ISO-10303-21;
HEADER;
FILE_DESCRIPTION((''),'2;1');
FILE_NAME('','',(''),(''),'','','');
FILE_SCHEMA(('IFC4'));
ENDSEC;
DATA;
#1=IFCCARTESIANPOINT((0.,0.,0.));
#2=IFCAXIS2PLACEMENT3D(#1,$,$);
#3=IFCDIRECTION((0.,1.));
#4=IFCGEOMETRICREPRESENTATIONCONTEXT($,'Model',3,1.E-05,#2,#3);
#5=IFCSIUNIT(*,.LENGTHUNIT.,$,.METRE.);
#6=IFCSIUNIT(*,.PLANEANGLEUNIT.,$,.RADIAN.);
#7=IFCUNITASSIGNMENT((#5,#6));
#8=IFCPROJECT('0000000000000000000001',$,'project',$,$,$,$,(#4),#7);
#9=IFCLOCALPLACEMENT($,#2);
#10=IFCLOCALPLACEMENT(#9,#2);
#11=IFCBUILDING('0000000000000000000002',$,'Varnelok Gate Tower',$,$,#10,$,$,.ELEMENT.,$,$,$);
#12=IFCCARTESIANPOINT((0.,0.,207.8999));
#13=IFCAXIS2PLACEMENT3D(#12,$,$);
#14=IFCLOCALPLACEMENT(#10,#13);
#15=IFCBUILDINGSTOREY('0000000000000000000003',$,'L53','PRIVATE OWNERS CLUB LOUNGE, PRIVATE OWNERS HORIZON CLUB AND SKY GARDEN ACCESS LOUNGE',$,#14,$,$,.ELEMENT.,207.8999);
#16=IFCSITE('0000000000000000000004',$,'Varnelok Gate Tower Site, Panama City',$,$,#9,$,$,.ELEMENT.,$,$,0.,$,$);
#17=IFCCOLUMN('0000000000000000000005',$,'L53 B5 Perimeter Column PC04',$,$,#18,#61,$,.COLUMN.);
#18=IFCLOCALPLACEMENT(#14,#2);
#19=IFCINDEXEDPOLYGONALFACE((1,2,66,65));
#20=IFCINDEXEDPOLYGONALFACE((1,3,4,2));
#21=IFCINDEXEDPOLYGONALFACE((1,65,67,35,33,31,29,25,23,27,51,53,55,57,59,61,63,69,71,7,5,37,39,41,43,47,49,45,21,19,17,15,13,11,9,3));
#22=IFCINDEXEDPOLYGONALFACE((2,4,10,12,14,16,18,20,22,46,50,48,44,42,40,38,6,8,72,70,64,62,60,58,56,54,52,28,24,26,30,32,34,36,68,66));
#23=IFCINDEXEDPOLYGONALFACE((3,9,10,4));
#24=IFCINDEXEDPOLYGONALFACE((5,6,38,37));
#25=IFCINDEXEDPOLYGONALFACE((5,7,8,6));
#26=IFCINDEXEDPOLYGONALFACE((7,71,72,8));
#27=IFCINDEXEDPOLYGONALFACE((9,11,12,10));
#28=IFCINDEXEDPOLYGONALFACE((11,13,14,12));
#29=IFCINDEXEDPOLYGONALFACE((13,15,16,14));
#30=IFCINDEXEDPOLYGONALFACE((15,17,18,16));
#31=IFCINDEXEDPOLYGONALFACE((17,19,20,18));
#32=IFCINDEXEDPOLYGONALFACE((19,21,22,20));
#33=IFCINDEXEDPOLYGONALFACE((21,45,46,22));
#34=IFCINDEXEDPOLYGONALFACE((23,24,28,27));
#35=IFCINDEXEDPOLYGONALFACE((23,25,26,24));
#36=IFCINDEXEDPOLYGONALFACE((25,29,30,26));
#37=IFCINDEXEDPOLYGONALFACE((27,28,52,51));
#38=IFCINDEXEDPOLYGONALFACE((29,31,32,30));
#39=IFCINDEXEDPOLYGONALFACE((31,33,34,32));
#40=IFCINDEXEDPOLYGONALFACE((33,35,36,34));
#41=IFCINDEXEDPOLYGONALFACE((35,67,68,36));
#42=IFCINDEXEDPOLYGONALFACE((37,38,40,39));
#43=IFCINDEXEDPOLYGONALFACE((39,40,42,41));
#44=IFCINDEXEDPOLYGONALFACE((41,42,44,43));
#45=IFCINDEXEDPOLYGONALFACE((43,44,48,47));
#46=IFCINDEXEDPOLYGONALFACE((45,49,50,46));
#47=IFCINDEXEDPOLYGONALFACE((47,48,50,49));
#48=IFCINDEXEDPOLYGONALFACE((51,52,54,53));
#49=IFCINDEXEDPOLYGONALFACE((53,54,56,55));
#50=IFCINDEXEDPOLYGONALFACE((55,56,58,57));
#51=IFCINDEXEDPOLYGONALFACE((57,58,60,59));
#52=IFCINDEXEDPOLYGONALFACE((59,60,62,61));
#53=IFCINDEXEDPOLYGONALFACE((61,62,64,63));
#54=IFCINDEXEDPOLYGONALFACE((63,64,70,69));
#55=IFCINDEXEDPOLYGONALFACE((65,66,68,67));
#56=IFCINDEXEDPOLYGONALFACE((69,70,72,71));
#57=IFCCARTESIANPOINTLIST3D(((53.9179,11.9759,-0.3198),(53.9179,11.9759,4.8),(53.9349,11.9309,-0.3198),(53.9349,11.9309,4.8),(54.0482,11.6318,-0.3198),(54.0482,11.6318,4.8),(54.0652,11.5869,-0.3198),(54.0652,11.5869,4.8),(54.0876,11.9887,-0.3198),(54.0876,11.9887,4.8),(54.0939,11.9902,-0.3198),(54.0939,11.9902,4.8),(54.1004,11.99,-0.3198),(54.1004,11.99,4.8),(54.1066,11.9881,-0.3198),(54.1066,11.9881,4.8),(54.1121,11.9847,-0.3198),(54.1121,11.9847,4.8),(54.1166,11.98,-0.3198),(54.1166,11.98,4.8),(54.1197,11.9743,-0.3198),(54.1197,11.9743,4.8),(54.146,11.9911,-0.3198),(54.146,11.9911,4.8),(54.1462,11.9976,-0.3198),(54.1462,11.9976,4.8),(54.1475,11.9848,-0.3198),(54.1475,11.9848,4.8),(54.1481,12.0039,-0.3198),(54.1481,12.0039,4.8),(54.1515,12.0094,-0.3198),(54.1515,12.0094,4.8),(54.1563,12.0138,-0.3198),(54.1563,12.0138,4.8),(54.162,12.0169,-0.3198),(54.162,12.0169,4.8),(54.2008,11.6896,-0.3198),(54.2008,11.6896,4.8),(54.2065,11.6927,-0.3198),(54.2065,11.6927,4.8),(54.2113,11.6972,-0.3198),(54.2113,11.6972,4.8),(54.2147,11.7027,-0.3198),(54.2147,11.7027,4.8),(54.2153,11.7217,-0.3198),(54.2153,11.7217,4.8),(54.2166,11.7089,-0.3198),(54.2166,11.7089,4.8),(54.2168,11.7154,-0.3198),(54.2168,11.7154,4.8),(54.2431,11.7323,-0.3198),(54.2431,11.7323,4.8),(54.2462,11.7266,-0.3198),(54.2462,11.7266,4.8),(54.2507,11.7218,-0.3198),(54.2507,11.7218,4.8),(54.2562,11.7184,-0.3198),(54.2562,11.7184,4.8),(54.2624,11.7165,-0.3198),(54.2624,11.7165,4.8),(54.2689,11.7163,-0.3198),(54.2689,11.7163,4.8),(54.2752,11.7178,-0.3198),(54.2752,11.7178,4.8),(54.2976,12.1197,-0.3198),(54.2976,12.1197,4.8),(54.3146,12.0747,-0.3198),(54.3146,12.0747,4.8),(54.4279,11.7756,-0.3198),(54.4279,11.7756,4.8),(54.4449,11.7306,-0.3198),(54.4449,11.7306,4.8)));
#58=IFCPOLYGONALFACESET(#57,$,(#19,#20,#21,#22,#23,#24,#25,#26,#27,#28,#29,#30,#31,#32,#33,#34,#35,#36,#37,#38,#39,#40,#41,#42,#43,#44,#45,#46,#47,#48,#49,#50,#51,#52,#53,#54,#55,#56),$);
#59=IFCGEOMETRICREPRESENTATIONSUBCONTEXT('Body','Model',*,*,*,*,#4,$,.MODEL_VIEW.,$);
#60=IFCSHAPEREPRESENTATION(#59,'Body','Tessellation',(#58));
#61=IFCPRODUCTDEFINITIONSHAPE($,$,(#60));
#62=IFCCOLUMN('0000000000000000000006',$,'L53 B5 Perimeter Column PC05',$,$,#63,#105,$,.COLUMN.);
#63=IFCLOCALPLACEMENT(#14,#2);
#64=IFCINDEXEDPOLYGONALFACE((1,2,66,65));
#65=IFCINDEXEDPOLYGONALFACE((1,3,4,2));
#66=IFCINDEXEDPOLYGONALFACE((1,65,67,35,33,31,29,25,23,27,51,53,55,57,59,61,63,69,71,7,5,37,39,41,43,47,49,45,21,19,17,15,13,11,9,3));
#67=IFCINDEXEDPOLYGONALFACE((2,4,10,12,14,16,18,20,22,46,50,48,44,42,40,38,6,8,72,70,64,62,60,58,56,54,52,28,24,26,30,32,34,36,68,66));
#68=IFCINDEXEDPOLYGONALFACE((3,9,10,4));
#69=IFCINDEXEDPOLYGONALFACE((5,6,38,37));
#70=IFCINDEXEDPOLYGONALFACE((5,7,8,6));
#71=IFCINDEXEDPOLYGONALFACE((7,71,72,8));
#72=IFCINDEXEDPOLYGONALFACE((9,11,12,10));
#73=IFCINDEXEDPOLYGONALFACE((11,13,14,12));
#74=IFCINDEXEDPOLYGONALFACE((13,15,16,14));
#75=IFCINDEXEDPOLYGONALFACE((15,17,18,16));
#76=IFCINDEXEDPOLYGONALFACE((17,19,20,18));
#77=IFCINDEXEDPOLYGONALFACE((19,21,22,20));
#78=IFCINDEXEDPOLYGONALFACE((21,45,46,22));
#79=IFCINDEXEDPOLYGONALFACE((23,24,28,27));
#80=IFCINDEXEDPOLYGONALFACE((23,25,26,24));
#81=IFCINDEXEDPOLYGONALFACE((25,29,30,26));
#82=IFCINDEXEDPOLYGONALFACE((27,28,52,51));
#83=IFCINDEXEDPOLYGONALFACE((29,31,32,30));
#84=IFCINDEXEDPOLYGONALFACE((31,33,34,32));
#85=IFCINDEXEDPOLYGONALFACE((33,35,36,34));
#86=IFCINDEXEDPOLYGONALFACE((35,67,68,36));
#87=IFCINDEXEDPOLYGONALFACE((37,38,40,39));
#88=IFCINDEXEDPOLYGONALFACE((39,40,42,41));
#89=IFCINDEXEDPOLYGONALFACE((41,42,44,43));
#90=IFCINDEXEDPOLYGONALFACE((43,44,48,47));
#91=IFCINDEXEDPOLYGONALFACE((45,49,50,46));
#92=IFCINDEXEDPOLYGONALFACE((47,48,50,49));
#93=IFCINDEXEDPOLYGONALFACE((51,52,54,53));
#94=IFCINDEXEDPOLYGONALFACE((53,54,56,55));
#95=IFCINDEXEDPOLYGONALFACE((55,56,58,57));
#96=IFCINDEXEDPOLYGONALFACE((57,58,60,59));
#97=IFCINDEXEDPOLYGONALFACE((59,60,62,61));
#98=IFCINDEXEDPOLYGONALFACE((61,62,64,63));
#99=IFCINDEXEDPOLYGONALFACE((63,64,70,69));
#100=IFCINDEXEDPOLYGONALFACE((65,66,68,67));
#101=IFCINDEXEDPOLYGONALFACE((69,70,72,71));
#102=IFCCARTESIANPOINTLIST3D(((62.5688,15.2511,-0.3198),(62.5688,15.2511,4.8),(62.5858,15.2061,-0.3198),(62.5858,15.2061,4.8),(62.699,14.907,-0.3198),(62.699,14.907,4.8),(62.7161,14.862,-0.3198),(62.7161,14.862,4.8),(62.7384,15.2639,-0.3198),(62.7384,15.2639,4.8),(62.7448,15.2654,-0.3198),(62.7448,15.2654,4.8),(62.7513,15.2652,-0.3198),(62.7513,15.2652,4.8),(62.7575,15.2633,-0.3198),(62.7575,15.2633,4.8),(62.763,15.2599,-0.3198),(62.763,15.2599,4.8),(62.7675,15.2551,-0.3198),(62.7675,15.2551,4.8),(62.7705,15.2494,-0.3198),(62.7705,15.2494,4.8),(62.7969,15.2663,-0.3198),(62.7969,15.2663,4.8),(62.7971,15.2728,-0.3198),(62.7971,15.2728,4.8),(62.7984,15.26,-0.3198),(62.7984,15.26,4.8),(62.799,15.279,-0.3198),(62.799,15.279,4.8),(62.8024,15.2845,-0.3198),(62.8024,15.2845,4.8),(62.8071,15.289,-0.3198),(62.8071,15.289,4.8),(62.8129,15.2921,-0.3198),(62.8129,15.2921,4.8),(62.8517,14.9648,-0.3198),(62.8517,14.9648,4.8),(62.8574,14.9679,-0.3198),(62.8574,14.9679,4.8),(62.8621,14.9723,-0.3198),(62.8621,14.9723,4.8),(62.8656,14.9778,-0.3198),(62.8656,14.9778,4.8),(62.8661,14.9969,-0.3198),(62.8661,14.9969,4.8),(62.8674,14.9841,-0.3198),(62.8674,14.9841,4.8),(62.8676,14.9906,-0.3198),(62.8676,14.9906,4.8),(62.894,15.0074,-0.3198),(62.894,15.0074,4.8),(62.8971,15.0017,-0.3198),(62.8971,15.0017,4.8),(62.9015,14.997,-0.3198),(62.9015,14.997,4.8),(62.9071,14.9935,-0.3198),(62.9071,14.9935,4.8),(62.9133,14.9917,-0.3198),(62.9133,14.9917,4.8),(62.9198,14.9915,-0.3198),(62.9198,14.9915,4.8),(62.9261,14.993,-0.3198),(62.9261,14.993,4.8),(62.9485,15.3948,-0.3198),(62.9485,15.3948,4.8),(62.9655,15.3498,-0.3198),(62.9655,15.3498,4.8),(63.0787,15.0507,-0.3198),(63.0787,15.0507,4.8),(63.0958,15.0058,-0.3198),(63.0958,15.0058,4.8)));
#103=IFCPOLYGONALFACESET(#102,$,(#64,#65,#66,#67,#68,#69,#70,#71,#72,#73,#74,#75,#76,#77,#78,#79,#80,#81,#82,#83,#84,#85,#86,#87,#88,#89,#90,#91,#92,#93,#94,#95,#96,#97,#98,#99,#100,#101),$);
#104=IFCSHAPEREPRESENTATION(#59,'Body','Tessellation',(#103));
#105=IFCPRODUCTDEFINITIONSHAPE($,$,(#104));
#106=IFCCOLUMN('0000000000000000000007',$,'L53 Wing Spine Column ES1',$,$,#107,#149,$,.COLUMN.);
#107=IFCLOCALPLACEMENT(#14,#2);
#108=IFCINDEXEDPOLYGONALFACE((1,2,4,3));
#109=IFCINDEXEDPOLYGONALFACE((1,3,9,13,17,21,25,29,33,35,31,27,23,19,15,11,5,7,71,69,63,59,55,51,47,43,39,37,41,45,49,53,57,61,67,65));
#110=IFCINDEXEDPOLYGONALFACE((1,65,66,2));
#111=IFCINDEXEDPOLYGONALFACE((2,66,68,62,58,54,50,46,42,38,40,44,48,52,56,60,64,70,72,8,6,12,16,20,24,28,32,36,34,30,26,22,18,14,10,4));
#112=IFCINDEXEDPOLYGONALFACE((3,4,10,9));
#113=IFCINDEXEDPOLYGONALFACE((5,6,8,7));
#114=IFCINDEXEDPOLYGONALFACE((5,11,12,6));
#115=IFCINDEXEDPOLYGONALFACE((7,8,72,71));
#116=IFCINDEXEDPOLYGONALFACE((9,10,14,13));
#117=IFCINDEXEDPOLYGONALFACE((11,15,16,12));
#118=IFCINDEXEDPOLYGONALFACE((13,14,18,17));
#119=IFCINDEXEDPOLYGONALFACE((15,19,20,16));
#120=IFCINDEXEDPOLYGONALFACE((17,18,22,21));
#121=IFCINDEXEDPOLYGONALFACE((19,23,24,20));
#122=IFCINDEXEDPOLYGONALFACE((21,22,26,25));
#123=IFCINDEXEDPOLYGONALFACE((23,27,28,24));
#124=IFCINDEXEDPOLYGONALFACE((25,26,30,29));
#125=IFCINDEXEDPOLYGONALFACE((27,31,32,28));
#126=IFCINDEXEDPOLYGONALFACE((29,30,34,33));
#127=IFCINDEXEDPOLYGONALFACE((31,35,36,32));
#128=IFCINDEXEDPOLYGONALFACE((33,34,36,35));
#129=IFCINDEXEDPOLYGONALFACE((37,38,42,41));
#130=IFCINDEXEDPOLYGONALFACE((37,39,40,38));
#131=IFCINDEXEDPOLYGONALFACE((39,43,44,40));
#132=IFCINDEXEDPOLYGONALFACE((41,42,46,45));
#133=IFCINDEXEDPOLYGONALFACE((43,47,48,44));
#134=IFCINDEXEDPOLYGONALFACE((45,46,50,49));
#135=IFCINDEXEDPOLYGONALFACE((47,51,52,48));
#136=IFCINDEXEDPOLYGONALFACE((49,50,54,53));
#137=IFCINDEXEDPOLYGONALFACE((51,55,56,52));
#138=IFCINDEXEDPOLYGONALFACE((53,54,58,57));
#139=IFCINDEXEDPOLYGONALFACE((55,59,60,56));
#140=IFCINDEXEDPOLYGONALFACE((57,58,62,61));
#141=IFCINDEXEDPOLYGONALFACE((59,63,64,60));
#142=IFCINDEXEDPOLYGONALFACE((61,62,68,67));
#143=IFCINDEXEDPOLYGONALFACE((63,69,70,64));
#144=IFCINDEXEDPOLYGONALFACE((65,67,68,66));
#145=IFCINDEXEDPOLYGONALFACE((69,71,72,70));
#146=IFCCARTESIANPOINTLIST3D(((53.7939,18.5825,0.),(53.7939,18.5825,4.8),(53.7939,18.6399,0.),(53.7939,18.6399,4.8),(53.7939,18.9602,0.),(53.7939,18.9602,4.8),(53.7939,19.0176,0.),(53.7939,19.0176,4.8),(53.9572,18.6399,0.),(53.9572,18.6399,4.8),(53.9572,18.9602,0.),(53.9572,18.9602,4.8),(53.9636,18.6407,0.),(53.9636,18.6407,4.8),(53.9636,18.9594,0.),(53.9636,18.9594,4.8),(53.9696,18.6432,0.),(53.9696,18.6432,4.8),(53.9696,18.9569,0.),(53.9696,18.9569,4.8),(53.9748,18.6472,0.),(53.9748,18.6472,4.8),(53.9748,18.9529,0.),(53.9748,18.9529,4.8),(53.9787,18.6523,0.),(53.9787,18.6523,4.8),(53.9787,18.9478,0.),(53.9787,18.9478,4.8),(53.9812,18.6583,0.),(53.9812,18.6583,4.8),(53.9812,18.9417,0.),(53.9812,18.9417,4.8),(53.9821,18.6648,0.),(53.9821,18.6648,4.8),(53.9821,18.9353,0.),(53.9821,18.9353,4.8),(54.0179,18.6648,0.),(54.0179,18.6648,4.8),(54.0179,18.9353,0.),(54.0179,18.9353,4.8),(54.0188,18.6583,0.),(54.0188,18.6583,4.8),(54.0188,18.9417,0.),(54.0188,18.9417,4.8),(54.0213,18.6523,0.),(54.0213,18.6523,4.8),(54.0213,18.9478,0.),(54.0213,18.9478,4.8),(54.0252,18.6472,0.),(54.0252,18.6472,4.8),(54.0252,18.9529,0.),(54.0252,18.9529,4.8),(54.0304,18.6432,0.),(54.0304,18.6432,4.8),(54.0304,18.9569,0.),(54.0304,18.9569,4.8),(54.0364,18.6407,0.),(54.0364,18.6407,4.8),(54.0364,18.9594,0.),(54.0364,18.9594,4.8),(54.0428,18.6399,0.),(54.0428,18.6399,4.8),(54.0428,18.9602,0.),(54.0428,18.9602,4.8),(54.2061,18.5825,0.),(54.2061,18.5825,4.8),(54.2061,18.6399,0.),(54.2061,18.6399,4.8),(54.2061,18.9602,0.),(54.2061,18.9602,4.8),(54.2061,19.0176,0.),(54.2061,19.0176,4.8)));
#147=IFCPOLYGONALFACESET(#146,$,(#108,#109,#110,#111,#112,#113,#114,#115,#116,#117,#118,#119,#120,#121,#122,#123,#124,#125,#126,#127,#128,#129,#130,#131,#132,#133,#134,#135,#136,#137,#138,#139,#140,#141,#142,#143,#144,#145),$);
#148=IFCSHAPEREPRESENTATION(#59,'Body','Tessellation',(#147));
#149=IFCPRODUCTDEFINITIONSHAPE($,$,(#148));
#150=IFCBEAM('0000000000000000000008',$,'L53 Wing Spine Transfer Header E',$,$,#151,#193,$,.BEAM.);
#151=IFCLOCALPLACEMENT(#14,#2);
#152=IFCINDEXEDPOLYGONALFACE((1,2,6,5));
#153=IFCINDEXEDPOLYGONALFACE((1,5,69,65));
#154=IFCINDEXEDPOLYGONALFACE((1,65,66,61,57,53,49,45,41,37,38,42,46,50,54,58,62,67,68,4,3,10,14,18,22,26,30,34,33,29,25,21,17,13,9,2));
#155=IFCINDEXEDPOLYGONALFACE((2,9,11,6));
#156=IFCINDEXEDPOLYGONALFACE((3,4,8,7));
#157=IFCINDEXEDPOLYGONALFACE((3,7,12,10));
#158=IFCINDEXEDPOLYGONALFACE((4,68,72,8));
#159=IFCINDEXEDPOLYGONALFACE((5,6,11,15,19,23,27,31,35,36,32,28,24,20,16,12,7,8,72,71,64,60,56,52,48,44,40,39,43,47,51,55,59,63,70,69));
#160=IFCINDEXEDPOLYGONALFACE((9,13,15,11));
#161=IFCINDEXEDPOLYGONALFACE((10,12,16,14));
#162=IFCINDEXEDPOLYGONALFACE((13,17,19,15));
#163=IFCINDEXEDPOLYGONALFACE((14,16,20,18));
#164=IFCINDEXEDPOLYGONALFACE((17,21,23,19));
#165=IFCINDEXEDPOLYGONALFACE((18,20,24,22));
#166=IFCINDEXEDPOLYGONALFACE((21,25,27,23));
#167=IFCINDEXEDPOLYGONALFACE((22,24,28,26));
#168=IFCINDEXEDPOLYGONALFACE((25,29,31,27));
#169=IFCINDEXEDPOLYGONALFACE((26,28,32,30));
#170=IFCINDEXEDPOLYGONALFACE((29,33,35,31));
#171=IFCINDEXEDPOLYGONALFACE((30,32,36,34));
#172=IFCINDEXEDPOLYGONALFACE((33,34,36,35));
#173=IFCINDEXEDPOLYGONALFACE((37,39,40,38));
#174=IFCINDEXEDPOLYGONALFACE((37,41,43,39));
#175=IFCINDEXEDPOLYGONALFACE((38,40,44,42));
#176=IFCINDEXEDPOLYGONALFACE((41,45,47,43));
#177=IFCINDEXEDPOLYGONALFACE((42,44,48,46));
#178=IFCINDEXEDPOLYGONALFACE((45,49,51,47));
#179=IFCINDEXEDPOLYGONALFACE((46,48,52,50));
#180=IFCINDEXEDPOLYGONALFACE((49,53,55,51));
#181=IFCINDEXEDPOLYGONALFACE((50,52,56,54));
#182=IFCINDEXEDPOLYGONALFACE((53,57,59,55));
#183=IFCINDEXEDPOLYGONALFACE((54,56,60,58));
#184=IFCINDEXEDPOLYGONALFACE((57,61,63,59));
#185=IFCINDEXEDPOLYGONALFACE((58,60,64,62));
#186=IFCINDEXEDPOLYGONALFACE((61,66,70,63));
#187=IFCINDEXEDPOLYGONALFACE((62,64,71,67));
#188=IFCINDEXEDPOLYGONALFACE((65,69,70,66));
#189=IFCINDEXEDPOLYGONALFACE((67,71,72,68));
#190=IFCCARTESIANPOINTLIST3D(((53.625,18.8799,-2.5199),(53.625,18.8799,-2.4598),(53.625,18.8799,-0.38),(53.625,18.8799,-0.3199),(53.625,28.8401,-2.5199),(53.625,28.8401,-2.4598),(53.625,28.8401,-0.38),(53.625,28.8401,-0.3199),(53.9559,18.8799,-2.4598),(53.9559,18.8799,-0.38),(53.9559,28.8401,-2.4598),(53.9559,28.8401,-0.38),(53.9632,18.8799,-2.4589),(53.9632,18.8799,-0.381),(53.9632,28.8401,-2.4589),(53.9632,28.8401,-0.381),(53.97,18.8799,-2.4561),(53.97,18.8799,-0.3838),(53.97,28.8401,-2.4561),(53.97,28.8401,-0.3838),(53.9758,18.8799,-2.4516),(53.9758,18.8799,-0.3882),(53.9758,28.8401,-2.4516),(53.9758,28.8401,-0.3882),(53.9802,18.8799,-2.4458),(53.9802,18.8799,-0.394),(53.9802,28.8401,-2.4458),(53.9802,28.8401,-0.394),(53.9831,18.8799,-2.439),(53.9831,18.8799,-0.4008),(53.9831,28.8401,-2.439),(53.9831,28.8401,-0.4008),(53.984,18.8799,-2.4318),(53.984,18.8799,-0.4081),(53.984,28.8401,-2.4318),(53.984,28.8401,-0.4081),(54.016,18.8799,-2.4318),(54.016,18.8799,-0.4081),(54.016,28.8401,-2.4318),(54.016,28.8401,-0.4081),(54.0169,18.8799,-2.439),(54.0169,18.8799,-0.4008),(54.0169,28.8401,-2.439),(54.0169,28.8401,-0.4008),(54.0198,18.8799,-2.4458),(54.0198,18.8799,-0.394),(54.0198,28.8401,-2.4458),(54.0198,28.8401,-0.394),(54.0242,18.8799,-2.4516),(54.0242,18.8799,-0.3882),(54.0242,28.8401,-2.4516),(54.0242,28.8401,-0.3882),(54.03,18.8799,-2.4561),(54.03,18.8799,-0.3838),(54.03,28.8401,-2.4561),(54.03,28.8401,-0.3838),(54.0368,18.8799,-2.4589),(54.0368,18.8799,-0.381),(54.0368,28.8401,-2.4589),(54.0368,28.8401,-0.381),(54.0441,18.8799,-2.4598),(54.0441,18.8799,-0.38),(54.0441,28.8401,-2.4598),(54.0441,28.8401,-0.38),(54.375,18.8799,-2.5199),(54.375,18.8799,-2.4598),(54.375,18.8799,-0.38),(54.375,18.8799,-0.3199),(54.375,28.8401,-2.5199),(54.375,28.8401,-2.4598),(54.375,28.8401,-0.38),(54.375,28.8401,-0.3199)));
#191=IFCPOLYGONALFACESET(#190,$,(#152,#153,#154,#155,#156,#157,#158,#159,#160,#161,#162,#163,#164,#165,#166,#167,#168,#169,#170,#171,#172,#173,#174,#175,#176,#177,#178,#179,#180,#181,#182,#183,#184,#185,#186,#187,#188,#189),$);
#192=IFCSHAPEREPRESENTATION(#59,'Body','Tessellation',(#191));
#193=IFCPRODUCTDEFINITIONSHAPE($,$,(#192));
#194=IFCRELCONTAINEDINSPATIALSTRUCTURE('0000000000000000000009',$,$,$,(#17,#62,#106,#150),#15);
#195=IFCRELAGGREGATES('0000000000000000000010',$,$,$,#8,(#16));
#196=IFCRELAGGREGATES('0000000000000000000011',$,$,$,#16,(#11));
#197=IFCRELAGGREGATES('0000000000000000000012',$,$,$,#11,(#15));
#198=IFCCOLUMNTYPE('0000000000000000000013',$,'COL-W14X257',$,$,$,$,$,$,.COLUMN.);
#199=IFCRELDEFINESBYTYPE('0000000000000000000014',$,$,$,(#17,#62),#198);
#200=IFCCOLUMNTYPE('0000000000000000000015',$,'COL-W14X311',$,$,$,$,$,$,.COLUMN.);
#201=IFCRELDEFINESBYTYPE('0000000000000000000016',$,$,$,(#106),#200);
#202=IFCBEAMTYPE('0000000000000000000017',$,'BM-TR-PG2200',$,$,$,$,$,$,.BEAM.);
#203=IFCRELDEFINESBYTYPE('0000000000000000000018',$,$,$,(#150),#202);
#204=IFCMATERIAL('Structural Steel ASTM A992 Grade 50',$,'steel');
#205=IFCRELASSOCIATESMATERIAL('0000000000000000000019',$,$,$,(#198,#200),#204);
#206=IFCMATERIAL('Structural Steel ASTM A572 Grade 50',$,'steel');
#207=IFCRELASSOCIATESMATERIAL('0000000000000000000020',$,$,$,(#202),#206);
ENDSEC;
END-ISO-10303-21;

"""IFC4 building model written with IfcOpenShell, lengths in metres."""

from ifc_helpers import new_model, si_unit, direction, frame, origin, origin_2d, place, context, subcontext, project, spatial, i_section, extrude, material, material_profile, profile_set, type_object, element, save


model = new_model("IFC4")

# Units and contexts
model_context = context("Model", 3, precision=1e-05, world=origin(), true_north=direction((0.0, 1.0)))
body_context = subcontext(model_context, "Body", "Model", "MODEL_VIEW")
ifc_project = project(units=[si_unit("LENGTHUNIT", "METRE"), si_unit("PLANEANGLEUNIT", "RADIAN")], contexts=[model_context])

# Site, building, storey
site_placement = place(None, origin())
site = spatial("IfcSite", under=ifc_project, at=site_placement, Name="Varnelok Gate Tower Site, Panama City", CompositionType="ELEMENT", RefElevation=0.0)
building_placement = place(site_placement, origin())
building = spatial("IfcBuilding", under=site, at=building_placement, Name="Varnelok Gate Tower", CompositionType="ELEMENT")
storey_placement = place(building_placement, frame((0.0, 0.0, 207.8999)))
storey = spatial("IfcBuildingStorey", under=building, at=storey_placement, Name="L53", Description="PRIVATE OWNERS CLUB LOUNGE, PRIVATE OWNERS HORIZON CLUB AND SKY GARDEN ACCESS LOUNGE", CompositionType="ELEMENT", Elevation=207.8999)

# Columns
ifc_material_1 = material(Name="Structural Steel ASTM A992 Grade 50", Category="steel")
ifc_material_profile_1 = material_profile(ifc_material_1, i_section(OverallWidth=0.406, OverallDepth=0.416, WebThickness=0.0298, FlangeThickness=0.0481, FilletRadius=0.0249, at=origin_2d()), Name="W14X257")
ifc_profile_set_1 = profile_set([ifc_material_profile_1], Name="Structural Steel ASTM A992 Grade 50")
column_type_1 = type_object("IfcColumnType", Name="COL-W14X257", PredefinedType="COLUMN", material=ifc_profile_set_1)
for number, where, z_axis, x_axis, name in (
    (1, (54.1814, 11.8533, -0.3198), (0.0, 0.0, 1.0), (0.935222, 0.354063, 0.0), "L53 B5 Perimeter Column PC04"),
    (2, (62.8323, 15.1284, -0.3198), (0.0, 0.0, 1.0), (0.935222, 0.354063, 0.0), "L53 B5 Perimeter Column PC05"),
):
    element("IfcColumn", number, at=place(storey_placement, frame(where, z_axis=z_axis, x_axis=x_axis)), inside=storey, type_object=column_type_1, Name=name, PredefinedType="COLUMN", context=body_context, shape_type="SweptSolid", body=[
        extrude(i_section(OverallWidth=0.406, OverallDepth=0.416, WebThickness=0.0298, FlangeThickness=0.0481, FilletRadius=0.0249, at=origin_2d()), origin(), (0.0, 0.0, 1.0), 5.1199),
    ])
ifc_material_profile_2 = material_profile(ifc_material_1, i_section(OverallWidth=0.4121, OverallDepth=0.4351, WebThickness=0.0359, FlangeThickness=0.0574, FilletRadius=0.0249, at=origin_2d()), Name="W14X311")
ifc_profile_set_2 = profile_set([ifc_material_profile_2], Name="Structural Steel ASTM A992 Grade 50")
column_type_2 = type_object("IfcColumnType", Name="COL-W14X311", PredefinedType="COLUMN", material=ifc_profile_set_2)
column_placement = place(storey_placement, frame((54.0, 18.8, 0.0), z_axis=(0.0, 0.0, 1.0), x_axis=(1.0, 0.0, 0.0)))
element("IfcColumn", 3, at=column_placement, inside=storey, type_object=column_type_2, Name="L53 Wing Spine Column ES1", PredefinedType="COLUMN", context=body_context, shape_type="SweptSolid", body=[
    extrude(i_section(OverallWidth=0.4121, OverallDepth=0.4351, WebThickness=0.0359, FlangeThickness=0.0574, FilletRadius=0.0249, at=origin_2d()), origin(), (0.0, 0.0, 1.0), 4.8),
])

# Beam
ifc_material_2 = material(Name="Structural Steel ASTM A572 Grade 50", Category="steel")
ifc_material_profile_3 = material_profile(ifc_material_2, i_section(OverallWidth=0.75, OverallDepth=2.2, WebThickness=0.032, FlangeThickness=0.0601, FilletRadius=0.0281, at=origin_2d()), Name="PG2200X750")
ifc_profile_set_3 = profile_set([ifc_material_profile_3], Name="Structural Steel ASTM A572 Grade 50")
beam_type = type_object("IfcBeamType", Name="BM-TR-PG2200", PredefinedType="BEAM", material=ifc_profile_set_3)
beam_1_placement = place(storey_placement, frame((54.0, 18.8799, -1.4199), z_axis=(0.0, 1.0, 0.0), x_axis=(-1.0, 0.0, 0.0)))
element("IfcBeam", 4, at=beam_1_placement, inside=storey, type_object=beam_type, Name="L53 Wing Spine Transfer Header E", PredefinedType="BEAM", context=body_context, shape_type="SweptSolid", body=[
    extrude(i_section(OverallWidth=0.75, OverallDepth=2.2, WebThickness=0.032, FlangeThickness=0.0601, FilletRadius=0.0281, at=origin_2d()), origin(), (0.0, 0.0, 1.0), 9.9602),
])

save(model, "model.ifc")
